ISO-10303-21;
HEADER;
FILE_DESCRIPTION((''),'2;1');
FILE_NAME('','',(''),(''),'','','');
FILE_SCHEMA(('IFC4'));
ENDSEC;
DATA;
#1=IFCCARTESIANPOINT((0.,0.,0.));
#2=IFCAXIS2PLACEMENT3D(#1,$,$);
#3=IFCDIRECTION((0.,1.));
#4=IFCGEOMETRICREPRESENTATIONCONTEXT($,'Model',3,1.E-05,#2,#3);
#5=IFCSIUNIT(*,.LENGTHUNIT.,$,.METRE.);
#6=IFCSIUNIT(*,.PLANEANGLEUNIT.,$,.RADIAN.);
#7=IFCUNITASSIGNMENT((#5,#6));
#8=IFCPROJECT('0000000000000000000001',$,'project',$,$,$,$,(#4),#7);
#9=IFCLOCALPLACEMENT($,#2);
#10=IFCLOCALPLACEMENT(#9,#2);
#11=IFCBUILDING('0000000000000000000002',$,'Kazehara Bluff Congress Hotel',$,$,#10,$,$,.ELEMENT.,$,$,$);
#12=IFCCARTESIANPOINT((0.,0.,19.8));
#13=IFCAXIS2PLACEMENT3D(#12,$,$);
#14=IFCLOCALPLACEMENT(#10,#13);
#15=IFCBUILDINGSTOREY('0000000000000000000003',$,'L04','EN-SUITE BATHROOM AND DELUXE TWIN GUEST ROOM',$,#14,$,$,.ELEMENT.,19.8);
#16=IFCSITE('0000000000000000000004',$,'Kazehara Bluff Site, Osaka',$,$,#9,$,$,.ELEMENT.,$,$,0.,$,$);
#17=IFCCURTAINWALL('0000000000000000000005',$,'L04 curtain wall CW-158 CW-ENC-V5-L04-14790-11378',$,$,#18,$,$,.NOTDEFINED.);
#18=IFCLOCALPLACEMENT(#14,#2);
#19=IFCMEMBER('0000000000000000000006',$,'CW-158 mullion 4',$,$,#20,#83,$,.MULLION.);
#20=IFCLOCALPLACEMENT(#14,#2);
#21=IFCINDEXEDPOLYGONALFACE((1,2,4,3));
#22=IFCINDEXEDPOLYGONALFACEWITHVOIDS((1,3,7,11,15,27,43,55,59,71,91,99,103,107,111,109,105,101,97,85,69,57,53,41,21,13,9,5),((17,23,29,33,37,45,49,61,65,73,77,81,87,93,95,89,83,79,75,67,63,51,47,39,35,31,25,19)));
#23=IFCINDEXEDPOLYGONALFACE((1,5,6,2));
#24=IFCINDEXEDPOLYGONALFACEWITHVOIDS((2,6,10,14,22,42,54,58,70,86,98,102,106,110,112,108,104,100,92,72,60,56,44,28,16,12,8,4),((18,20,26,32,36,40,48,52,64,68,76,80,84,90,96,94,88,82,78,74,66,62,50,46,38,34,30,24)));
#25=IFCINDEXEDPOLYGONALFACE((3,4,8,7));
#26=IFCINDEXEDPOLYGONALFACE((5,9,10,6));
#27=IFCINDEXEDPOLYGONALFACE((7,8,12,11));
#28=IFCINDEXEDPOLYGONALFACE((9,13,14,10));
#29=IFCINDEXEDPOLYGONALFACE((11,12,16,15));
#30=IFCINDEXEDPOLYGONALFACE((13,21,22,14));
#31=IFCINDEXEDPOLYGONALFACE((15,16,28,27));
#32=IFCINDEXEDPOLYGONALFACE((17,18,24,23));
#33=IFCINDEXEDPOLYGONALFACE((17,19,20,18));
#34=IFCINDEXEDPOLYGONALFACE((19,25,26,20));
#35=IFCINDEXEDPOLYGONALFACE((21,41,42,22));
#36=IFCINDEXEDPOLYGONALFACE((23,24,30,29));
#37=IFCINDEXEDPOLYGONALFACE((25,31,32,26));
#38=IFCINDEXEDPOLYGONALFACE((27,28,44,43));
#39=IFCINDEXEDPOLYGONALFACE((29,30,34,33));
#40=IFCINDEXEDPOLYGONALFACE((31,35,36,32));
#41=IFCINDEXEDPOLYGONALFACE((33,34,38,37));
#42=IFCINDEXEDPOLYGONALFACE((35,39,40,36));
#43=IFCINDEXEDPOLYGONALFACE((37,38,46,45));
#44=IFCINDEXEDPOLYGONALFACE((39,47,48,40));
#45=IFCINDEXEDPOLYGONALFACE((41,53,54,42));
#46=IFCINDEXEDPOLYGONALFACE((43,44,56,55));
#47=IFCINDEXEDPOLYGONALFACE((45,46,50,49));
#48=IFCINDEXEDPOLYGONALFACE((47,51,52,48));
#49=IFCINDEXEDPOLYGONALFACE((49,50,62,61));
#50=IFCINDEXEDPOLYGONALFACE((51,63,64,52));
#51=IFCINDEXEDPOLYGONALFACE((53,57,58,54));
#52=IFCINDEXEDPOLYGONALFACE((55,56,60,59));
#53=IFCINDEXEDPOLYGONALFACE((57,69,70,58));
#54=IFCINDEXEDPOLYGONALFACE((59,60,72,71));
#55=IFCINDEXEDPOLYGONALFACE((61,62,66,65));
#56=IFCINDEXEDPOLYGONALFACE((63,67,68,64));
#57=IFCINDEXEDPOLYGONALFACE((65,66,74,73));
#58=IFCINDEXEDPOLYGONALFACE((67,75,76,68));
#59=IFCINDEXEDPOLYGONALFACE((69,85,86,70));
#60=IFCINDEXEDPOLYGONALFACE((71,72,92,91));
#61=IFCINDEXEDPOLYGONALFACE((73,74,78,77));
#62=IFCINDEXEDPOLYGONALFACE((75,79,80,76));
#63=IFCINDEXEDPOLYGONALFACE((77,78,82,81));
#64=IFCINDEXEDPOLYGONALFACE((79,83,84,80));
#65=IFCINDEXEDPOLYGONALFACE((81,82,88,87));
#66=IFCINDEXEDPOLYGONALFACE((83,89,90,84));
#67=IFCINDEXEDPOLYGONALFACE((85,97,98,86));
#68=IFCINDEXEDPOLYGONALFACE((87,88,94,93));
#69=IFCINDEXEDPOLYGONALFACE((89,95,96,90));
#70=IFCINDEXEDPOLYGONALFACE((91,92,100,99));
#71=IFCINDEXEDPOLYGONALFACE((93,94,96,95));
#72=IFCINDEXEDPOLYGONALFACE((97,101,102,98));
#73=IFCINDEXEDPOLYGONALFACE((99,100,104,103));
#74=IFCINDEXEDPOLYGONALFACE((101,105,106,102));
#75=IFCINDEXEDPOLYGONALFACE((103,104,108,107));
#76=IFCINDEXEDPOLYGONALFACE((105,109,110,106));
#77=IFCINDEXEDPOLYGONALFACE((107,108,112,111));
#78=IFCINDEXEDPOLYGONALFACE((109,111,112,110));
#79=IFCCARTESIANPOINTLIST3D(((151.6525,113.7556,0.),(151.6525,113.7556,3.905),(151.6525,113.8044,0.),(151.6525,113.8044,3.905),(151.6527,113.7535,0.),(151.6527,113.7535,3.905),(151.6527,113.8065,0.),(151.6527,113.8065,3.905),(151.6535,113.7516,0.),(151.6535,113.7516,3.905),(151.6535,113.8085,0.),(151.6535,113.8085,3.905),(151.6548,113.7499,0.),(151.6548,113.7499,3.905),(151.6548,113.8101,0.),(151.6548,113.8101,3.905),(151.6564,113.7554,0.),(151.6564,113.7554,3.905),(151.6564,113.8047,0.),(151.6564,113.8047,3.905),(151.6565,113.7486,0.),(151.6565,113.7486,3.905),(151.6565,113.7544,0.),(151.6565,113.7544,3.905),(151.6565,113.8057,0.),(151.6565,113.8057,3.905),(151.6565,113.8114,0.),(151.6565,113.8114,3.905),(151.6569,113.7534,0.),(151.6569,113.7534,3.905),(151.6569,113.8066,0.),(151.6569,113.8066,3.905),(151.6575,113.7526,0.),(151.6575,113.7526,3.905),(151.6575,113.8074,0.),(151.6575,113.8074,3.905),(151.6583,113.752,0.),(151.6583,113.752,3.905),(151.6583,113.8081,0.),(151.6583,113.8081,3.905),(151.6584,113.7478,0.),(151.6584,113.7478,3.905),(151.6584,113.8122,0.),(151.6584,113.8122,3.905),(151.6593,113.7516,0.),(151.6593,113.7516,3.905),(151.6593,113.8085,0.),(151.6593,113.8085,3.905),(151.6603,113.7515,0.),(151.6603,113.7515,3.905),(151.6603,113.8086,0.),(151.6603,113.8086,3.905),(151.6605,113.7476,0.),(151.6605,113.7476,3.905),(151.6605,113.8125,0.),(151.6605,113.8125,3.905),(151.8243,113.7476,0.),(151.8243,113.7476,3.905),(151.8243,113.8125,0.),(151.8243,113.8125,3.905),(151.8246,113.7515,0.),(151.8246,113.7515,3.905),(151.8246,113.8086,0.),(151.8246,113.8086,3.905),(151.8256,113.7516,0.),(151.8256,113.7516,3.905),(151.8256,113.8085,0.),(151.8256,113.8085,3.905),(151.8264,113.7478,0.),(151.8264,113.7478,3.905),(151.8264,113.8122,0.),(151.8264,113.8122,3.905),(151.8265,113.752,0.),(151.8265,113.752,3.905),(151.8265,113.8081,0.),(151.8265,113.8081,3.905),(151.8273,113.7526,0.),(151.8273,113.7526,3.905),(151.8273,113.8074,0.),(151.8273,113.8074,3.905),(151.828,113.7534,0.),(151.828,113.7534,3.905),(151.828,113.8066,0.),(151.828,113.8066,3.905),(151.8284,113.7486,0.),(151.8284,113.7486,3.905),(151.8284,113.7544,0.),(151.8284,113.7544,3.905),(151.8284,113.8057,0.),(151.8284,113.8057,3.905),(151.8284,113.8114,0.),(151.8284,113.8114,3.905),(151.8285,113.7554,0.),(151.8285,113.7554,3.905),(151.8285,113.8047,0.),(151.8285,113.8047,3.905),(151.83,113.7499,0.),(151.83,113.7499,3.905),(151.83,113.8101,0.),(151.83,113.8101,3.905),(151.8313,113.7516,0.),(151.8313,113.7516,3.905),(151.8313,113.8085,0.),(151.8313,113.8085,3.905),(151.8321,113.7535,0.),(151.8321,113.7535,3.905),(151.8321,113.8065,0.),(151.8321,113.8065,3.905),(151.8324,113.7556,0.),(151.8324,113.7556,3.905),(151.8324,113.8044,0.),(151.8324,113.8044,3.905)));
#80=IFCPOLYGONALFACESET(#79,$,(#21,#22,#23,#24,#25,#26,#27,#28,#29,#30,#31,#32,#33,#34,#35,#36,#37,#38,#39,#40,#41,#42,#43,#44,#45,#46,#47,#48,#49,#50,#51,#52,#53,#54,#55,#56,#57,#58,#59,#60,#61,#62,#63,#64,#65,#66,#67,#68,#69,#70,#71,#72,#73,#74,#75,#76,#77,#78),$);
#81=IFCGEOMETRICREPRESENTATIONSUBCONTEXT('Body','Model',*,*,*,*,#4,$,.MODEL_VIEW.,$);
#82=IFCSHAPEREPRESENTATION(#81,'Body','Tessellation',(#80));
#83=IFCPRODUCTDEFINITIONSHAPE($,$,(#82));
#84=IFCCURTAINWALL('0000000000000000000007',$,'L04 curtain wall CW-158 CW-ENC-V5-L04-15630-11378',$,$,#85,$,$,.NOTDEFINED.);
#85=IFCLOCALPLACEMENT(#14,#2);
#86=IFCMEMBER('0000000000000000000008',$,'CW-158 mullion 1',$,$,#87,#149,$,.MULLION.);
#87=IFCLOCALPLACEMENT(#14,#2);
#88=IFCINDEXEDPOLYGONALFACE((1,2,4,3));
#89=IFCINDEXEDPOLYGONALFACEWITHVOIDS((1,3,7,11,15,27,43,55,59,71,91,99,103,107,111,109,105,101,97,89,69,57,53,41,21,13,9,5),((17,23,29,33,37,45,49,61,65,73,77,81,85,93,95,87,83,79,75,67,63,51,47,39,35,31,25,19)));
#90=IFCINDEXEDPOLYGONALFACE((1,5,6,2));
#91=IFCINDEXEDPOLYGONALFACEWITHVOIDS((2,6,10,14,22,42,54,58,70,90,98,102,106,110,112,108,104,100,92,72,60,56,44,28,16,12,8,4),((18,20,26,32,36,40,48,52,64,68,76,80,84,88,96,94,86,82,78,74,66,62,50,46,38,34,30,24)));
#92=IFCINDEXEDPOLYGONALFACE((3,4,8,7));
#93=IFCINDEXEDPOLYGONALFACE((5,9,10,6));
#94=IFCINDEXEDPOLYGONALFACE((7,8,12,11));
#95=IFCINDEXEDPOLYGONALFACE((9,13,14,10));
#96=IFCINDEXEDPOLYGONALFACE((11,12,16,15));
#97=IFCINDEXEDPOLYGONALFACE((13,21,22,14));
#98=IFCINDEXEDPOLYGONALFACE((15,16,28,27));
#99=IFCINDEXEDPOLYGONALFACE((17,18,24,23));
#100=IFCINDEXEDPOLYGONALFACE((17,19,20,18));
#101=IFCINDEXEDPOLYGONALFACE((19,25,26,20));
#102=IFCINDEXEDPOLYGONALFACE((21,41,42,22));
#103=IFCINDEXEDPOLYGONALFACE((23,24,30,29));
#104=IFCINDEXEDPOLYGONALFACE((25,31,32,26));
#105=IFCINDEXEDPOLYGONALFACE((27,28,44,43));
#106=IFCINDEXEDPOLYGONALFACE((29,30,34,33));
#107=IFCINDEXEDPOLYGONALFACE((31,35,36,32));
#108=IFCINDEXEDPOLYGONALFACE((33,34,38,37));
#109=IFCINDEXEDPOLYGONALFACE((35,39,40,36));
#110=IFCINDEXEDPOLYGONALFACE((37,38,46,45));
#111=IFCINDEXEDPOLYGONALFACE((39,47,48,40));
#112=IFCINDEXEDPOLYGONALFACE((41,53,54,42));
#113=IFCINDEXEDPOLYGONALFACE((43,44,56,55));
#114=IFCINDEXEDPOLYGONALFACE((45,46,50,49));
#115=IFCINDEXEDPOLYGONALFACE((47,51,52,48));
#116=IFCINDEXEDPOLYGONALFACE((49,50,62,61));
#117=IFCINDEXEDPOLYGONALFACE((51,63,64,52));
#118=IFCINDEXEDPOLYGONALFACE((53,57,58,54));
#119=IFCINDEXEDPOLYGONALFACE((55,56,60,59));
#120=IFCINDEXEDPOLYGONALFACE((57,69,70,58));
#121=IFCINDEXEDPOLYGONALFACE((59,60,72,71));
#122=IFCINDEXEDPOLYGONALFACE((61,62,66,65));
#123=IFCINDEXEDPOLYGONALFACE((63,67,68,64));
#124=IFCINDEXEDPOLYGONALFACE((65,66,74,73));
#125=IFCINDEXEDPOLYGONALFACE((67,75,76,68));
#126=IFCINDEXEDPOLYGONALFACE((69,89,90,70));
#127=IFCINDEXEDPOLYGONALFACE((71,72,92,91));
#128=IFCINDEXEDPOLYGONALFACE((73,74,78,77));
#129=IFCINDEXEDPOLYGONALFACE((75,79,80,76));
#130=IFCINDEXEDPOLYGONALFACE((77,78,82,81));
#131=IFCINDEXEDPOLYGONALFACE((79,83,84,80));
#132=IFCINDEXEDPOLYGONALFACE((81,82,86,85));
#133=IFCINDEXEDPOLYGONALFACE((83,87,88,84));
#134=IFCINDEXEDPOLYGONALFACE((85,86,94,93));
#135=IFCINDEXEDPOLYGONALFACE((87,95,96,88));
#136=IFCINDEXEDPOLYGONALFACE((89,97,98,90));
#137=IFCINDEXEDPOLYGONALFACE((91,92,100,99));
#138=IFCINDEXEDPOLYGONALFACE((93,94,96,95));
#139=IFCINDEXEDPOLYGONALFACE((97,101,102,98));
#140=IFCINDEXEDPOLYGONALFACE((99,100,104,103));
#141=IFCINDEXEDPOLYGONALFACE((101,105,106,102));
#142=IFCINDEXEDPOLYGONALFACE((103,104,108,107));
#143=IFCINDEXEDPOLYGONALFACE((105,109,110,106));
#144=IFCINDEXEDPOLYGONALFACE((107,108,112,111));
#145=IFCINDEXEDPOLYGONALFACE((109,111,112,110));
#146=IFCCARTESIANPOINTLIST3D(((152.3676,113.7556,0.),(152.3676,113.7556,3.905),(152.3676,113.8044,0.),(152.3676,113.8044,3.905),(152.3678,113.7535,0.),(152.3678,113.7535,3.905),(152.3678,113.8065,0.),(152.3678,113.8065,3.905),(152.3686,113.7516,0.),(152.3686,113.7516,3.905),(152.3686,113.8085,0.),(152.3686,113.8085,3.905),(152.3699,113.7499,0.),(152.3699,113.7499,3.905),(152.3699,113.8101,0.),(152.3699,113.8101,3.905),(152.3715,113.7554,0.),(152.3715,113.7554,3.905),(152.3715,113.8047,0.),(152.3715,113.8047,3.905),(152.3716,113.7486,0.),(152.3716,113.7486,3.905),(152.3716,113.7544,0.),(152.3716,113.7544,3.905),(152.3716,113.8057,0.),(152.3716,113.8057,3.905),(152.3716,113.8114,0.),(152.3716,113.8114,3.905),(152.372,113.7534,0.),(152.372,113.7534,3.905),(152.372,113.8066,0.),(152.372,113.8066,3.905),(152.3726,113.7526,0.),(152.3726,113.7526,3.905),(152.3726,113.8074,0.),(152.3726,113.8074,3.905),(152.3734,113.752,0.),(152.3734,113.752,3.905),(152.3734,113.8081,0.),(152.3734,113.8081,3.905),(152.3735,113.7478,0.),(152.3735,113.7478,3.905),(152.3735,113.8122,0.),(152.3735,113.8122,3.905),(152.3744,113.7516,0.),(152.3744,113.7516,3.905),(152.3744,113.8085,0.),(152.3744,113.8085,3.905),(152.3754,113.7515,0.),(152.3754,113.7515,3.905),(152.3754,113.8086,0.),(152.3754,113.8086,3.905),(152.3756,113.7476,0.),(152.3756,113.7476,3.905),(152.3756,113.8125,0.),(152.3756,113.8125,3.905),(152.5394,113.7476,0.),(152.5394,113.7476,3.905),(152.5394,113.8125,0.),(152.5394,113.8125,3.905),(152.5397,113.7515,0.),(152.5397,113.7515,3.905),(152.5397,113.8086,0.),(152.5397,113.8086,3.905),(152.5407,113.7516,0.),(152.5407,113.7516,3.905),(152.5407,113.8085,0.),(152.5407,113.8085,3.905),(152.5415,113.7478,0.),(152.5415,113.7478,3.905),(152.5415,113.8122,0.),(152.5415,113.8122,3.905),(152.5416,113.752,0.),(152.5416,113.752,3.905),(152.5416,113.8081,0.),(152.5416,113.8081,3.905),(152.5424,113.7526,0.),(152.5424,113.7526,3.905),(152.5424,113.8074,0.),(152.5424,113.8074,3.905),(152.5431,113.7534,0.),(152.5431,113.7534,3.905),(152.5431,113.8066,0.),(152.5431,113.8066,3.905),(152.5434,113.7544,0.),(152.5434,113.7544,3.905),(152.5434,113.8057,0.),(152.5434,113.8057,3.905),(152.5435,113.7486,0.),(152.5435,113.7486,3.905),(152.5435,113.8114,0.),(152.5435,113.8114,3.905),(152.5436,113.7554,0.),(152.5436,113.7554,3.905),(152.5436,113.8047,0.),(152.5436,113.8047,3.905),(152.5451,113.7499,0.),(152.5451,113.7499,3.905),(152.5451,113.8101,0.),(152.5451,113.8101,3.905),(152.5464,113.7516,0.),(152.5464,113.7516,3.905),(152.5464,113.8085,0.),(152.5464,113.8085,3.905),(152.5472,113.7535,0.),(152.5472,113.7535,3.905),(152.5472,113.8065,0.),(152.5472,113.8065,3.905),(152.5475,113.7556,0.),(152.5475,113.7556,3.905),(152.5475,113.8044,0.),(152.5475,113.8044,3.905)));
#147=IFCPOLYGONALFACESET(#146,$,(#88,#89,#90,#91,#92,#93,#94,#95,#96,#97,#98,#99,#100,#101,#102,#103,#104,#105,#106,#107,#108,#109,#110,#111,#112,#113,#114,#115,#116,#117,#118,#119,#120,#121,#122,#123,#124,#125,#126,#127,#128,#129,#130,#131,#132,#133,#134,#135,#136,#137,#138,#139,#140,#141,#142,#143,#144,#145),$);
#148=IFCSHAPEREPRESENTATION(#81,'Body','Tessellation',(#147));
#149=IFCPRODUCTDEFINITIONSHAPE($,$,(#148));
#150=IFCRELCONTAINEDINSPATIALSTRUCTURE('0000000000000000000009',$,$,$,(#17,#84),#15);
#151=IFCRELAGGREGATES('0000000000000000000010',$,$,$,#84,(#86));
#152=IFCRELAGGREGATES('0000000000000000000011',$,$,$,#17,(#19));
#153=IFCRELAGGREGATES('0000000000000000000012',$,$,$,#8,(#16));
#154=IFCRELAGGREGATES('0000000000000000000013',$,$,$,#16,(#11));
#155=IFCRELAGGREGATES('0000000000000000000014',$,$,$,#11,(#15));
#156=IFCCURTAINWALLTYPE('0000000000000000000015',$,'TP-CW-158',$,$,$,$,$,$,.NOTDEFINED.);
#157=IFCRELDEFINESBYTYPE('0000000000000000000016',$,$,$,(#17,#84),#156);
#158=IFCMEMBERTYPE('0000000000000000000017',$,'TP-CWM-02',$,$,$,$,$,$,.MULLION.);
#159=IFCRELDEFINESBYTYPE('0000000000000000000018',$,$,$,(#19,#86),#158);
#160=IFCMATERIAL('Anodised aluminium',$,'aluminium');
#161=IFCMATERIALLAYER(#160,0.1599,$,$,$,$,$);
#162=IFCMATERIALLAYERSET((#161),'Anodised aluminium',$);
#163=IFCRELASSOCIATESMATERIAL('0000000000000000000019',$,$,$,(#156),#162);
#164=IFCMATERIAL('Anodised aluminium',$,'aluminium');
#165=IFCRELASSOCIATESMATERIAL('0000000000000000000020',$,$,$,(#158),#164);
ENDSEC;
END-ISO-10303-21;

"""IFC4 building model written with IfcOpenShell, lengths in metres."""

from ifc_helpers import new_model, si_unit, direction, frame, origin, origin_2d, place, context, subcontext, project, spatial, hollow_rectangle, extrude, material, layer, layer_set, material_profile, profile_set, type_object, element, aggregate, save


model = new_model("IFC4")

# Units and contexts
model_context = context("Model", 3, precision=1e-05, world=origin(), true_north=direction((0.0, 1.0)))
body_context = subcontext(model_context, "Body", "Model", "MODEL_VIEW")
ifc_project = project(units=[si_unit("LENGTHUNIT", "METRE"), si_unit("PLANEANGLEUNIT", "RADIAN")], contexts=[model_context])

# Site, building, storey
site_placement = place(None, origin())
site = spatial("IfcSite", under=ifc_project, at=site_placement, Name="Kazehara Bluff Site, Osaka", CompositionType="ELEMENT", RefElevation=0.0)
building_placement = place(site_placement, origin())
building = spatial("IfcBuilding", under=site, at=building_placement, Name="Kazehara Bluff Congress Hotel", CompositionType="ELEMENT")
storey_placement = place(building_placement, frame((0.0, 0.0, 19.8)))
storey = spatial("IfcBuildingStorey", under=building, at=storey_placement, Name="L04", Description="EN-SUITE BATHROOM AND DELUXE TWIN GUEST ROOM", CompositionType="ELEMENT", Elevation=19.8)

# Curtain wall, member
ifc_material_1 = material(Name="Anodised aluminium", Category="aluminium")
ifc_layer_1 = layer(ifc_material_1, 0.1599)
ifc_layer_set_1 = layer_set([ifc_layer_1], Name="Anodised aluminium")
curtain_wall_type = type_object("IfcCurtainWallType", Name="TP-CW-158", PredefinedType="NOTDEFINED", material=ifc_layer_set_1)
curtain_wall_1_placement = place(storey_placement, origin())
curtain_wall_1 = element("IfcCurtainWall", 1, at=curtain_wall_1_placement, inside=storey, type_object=curtain_wall_type, Name="L04 curtain wall CW-158 CW-ENC-V5-L04-14790-11378", PredefinedType="NOTDEFINED")
ifc_material_2 = material(Name="Anodised aluminium", Category="aluminium")
ifc_material_profile_1 = material_profile(ifc_material_2, hollow_rectangle(XDim=0.0649, YDim=0.1799, WallThickness=0.0039, InnerFilletRadius=0.0039, OuterFilletRadius=0.0081, at=origin_2d()))
ifc_profile_set_1 = profile_set([ifc_material_profile_1], Name="Anodised aluminium")
member_type_1 = type_object("IfcMemberType", Name="TP-CWM-02", PredefinedType="MULLION", material=ifc_profile_set_1)
member_1_placement = place(storey_placement, frame((151.7424, 113.78, 0.0), z_axis=(0.0, 0.0, 1.0), x_axis=(0.0, 1.0, 0.0)))
member_1 = element("IfcMember", 2, at=member_1_placement, type_object=member_type_1, Name="CW-158 mullion 4", PredefinedType="MULLION", context=body_context, shape_type="SweptSolid", body=[
    extrude(hollow_rectangle(XDim=0.0649, YDim=0.1799, WallThickness=0.0039, InnerFilletRadius=0.0039, OuterFilletRadius=0.0081, at=origin_2d()), origin(), (0.0, 0.0, 1.0), 3.905),
])

# Curtain wall, member
curtain_wall_2_placement = place(storey_placement, origin())
curtain_wall_2 = element("IfcCurtainWall", 3, at=curtain_wall_2_placement, inside=storey, type_object=curtain_wall_type, Name="L04 curtain wall CW-158 CW-ENC-V5-L04-15630-11378", PredefinedType="NOTDEFINED")
member_2_placement = place(storey_placement, frame((152.4575, 113.78, 0.0), z_axis=(0.0, 0.0, 1.0), x_axis=(0.0, 1.0, 0.0)))
member_2 = element("IfcMember", 4, at=member_2_placement, type_object=member_type_1, Name="CW-158 mullion 1", PredefinedType="MULLION", context=body_context, shape_type="SweptSolid", body=[
    extrude(hollow_rectangle(XDim=0.0649, YDim=0.1799, WallThickness=0.0039, InnerFilletRadius=0.0039, OuterFilletRadius=0.0081, at=origin_2d()), origin(), (0.0, 0.0, 1.0), 3.905),
])

aggregate(curtain_wall_2, [member_2])

aggregate(curtain_wall_1, [member_1])

save(model, "model.ifc")
